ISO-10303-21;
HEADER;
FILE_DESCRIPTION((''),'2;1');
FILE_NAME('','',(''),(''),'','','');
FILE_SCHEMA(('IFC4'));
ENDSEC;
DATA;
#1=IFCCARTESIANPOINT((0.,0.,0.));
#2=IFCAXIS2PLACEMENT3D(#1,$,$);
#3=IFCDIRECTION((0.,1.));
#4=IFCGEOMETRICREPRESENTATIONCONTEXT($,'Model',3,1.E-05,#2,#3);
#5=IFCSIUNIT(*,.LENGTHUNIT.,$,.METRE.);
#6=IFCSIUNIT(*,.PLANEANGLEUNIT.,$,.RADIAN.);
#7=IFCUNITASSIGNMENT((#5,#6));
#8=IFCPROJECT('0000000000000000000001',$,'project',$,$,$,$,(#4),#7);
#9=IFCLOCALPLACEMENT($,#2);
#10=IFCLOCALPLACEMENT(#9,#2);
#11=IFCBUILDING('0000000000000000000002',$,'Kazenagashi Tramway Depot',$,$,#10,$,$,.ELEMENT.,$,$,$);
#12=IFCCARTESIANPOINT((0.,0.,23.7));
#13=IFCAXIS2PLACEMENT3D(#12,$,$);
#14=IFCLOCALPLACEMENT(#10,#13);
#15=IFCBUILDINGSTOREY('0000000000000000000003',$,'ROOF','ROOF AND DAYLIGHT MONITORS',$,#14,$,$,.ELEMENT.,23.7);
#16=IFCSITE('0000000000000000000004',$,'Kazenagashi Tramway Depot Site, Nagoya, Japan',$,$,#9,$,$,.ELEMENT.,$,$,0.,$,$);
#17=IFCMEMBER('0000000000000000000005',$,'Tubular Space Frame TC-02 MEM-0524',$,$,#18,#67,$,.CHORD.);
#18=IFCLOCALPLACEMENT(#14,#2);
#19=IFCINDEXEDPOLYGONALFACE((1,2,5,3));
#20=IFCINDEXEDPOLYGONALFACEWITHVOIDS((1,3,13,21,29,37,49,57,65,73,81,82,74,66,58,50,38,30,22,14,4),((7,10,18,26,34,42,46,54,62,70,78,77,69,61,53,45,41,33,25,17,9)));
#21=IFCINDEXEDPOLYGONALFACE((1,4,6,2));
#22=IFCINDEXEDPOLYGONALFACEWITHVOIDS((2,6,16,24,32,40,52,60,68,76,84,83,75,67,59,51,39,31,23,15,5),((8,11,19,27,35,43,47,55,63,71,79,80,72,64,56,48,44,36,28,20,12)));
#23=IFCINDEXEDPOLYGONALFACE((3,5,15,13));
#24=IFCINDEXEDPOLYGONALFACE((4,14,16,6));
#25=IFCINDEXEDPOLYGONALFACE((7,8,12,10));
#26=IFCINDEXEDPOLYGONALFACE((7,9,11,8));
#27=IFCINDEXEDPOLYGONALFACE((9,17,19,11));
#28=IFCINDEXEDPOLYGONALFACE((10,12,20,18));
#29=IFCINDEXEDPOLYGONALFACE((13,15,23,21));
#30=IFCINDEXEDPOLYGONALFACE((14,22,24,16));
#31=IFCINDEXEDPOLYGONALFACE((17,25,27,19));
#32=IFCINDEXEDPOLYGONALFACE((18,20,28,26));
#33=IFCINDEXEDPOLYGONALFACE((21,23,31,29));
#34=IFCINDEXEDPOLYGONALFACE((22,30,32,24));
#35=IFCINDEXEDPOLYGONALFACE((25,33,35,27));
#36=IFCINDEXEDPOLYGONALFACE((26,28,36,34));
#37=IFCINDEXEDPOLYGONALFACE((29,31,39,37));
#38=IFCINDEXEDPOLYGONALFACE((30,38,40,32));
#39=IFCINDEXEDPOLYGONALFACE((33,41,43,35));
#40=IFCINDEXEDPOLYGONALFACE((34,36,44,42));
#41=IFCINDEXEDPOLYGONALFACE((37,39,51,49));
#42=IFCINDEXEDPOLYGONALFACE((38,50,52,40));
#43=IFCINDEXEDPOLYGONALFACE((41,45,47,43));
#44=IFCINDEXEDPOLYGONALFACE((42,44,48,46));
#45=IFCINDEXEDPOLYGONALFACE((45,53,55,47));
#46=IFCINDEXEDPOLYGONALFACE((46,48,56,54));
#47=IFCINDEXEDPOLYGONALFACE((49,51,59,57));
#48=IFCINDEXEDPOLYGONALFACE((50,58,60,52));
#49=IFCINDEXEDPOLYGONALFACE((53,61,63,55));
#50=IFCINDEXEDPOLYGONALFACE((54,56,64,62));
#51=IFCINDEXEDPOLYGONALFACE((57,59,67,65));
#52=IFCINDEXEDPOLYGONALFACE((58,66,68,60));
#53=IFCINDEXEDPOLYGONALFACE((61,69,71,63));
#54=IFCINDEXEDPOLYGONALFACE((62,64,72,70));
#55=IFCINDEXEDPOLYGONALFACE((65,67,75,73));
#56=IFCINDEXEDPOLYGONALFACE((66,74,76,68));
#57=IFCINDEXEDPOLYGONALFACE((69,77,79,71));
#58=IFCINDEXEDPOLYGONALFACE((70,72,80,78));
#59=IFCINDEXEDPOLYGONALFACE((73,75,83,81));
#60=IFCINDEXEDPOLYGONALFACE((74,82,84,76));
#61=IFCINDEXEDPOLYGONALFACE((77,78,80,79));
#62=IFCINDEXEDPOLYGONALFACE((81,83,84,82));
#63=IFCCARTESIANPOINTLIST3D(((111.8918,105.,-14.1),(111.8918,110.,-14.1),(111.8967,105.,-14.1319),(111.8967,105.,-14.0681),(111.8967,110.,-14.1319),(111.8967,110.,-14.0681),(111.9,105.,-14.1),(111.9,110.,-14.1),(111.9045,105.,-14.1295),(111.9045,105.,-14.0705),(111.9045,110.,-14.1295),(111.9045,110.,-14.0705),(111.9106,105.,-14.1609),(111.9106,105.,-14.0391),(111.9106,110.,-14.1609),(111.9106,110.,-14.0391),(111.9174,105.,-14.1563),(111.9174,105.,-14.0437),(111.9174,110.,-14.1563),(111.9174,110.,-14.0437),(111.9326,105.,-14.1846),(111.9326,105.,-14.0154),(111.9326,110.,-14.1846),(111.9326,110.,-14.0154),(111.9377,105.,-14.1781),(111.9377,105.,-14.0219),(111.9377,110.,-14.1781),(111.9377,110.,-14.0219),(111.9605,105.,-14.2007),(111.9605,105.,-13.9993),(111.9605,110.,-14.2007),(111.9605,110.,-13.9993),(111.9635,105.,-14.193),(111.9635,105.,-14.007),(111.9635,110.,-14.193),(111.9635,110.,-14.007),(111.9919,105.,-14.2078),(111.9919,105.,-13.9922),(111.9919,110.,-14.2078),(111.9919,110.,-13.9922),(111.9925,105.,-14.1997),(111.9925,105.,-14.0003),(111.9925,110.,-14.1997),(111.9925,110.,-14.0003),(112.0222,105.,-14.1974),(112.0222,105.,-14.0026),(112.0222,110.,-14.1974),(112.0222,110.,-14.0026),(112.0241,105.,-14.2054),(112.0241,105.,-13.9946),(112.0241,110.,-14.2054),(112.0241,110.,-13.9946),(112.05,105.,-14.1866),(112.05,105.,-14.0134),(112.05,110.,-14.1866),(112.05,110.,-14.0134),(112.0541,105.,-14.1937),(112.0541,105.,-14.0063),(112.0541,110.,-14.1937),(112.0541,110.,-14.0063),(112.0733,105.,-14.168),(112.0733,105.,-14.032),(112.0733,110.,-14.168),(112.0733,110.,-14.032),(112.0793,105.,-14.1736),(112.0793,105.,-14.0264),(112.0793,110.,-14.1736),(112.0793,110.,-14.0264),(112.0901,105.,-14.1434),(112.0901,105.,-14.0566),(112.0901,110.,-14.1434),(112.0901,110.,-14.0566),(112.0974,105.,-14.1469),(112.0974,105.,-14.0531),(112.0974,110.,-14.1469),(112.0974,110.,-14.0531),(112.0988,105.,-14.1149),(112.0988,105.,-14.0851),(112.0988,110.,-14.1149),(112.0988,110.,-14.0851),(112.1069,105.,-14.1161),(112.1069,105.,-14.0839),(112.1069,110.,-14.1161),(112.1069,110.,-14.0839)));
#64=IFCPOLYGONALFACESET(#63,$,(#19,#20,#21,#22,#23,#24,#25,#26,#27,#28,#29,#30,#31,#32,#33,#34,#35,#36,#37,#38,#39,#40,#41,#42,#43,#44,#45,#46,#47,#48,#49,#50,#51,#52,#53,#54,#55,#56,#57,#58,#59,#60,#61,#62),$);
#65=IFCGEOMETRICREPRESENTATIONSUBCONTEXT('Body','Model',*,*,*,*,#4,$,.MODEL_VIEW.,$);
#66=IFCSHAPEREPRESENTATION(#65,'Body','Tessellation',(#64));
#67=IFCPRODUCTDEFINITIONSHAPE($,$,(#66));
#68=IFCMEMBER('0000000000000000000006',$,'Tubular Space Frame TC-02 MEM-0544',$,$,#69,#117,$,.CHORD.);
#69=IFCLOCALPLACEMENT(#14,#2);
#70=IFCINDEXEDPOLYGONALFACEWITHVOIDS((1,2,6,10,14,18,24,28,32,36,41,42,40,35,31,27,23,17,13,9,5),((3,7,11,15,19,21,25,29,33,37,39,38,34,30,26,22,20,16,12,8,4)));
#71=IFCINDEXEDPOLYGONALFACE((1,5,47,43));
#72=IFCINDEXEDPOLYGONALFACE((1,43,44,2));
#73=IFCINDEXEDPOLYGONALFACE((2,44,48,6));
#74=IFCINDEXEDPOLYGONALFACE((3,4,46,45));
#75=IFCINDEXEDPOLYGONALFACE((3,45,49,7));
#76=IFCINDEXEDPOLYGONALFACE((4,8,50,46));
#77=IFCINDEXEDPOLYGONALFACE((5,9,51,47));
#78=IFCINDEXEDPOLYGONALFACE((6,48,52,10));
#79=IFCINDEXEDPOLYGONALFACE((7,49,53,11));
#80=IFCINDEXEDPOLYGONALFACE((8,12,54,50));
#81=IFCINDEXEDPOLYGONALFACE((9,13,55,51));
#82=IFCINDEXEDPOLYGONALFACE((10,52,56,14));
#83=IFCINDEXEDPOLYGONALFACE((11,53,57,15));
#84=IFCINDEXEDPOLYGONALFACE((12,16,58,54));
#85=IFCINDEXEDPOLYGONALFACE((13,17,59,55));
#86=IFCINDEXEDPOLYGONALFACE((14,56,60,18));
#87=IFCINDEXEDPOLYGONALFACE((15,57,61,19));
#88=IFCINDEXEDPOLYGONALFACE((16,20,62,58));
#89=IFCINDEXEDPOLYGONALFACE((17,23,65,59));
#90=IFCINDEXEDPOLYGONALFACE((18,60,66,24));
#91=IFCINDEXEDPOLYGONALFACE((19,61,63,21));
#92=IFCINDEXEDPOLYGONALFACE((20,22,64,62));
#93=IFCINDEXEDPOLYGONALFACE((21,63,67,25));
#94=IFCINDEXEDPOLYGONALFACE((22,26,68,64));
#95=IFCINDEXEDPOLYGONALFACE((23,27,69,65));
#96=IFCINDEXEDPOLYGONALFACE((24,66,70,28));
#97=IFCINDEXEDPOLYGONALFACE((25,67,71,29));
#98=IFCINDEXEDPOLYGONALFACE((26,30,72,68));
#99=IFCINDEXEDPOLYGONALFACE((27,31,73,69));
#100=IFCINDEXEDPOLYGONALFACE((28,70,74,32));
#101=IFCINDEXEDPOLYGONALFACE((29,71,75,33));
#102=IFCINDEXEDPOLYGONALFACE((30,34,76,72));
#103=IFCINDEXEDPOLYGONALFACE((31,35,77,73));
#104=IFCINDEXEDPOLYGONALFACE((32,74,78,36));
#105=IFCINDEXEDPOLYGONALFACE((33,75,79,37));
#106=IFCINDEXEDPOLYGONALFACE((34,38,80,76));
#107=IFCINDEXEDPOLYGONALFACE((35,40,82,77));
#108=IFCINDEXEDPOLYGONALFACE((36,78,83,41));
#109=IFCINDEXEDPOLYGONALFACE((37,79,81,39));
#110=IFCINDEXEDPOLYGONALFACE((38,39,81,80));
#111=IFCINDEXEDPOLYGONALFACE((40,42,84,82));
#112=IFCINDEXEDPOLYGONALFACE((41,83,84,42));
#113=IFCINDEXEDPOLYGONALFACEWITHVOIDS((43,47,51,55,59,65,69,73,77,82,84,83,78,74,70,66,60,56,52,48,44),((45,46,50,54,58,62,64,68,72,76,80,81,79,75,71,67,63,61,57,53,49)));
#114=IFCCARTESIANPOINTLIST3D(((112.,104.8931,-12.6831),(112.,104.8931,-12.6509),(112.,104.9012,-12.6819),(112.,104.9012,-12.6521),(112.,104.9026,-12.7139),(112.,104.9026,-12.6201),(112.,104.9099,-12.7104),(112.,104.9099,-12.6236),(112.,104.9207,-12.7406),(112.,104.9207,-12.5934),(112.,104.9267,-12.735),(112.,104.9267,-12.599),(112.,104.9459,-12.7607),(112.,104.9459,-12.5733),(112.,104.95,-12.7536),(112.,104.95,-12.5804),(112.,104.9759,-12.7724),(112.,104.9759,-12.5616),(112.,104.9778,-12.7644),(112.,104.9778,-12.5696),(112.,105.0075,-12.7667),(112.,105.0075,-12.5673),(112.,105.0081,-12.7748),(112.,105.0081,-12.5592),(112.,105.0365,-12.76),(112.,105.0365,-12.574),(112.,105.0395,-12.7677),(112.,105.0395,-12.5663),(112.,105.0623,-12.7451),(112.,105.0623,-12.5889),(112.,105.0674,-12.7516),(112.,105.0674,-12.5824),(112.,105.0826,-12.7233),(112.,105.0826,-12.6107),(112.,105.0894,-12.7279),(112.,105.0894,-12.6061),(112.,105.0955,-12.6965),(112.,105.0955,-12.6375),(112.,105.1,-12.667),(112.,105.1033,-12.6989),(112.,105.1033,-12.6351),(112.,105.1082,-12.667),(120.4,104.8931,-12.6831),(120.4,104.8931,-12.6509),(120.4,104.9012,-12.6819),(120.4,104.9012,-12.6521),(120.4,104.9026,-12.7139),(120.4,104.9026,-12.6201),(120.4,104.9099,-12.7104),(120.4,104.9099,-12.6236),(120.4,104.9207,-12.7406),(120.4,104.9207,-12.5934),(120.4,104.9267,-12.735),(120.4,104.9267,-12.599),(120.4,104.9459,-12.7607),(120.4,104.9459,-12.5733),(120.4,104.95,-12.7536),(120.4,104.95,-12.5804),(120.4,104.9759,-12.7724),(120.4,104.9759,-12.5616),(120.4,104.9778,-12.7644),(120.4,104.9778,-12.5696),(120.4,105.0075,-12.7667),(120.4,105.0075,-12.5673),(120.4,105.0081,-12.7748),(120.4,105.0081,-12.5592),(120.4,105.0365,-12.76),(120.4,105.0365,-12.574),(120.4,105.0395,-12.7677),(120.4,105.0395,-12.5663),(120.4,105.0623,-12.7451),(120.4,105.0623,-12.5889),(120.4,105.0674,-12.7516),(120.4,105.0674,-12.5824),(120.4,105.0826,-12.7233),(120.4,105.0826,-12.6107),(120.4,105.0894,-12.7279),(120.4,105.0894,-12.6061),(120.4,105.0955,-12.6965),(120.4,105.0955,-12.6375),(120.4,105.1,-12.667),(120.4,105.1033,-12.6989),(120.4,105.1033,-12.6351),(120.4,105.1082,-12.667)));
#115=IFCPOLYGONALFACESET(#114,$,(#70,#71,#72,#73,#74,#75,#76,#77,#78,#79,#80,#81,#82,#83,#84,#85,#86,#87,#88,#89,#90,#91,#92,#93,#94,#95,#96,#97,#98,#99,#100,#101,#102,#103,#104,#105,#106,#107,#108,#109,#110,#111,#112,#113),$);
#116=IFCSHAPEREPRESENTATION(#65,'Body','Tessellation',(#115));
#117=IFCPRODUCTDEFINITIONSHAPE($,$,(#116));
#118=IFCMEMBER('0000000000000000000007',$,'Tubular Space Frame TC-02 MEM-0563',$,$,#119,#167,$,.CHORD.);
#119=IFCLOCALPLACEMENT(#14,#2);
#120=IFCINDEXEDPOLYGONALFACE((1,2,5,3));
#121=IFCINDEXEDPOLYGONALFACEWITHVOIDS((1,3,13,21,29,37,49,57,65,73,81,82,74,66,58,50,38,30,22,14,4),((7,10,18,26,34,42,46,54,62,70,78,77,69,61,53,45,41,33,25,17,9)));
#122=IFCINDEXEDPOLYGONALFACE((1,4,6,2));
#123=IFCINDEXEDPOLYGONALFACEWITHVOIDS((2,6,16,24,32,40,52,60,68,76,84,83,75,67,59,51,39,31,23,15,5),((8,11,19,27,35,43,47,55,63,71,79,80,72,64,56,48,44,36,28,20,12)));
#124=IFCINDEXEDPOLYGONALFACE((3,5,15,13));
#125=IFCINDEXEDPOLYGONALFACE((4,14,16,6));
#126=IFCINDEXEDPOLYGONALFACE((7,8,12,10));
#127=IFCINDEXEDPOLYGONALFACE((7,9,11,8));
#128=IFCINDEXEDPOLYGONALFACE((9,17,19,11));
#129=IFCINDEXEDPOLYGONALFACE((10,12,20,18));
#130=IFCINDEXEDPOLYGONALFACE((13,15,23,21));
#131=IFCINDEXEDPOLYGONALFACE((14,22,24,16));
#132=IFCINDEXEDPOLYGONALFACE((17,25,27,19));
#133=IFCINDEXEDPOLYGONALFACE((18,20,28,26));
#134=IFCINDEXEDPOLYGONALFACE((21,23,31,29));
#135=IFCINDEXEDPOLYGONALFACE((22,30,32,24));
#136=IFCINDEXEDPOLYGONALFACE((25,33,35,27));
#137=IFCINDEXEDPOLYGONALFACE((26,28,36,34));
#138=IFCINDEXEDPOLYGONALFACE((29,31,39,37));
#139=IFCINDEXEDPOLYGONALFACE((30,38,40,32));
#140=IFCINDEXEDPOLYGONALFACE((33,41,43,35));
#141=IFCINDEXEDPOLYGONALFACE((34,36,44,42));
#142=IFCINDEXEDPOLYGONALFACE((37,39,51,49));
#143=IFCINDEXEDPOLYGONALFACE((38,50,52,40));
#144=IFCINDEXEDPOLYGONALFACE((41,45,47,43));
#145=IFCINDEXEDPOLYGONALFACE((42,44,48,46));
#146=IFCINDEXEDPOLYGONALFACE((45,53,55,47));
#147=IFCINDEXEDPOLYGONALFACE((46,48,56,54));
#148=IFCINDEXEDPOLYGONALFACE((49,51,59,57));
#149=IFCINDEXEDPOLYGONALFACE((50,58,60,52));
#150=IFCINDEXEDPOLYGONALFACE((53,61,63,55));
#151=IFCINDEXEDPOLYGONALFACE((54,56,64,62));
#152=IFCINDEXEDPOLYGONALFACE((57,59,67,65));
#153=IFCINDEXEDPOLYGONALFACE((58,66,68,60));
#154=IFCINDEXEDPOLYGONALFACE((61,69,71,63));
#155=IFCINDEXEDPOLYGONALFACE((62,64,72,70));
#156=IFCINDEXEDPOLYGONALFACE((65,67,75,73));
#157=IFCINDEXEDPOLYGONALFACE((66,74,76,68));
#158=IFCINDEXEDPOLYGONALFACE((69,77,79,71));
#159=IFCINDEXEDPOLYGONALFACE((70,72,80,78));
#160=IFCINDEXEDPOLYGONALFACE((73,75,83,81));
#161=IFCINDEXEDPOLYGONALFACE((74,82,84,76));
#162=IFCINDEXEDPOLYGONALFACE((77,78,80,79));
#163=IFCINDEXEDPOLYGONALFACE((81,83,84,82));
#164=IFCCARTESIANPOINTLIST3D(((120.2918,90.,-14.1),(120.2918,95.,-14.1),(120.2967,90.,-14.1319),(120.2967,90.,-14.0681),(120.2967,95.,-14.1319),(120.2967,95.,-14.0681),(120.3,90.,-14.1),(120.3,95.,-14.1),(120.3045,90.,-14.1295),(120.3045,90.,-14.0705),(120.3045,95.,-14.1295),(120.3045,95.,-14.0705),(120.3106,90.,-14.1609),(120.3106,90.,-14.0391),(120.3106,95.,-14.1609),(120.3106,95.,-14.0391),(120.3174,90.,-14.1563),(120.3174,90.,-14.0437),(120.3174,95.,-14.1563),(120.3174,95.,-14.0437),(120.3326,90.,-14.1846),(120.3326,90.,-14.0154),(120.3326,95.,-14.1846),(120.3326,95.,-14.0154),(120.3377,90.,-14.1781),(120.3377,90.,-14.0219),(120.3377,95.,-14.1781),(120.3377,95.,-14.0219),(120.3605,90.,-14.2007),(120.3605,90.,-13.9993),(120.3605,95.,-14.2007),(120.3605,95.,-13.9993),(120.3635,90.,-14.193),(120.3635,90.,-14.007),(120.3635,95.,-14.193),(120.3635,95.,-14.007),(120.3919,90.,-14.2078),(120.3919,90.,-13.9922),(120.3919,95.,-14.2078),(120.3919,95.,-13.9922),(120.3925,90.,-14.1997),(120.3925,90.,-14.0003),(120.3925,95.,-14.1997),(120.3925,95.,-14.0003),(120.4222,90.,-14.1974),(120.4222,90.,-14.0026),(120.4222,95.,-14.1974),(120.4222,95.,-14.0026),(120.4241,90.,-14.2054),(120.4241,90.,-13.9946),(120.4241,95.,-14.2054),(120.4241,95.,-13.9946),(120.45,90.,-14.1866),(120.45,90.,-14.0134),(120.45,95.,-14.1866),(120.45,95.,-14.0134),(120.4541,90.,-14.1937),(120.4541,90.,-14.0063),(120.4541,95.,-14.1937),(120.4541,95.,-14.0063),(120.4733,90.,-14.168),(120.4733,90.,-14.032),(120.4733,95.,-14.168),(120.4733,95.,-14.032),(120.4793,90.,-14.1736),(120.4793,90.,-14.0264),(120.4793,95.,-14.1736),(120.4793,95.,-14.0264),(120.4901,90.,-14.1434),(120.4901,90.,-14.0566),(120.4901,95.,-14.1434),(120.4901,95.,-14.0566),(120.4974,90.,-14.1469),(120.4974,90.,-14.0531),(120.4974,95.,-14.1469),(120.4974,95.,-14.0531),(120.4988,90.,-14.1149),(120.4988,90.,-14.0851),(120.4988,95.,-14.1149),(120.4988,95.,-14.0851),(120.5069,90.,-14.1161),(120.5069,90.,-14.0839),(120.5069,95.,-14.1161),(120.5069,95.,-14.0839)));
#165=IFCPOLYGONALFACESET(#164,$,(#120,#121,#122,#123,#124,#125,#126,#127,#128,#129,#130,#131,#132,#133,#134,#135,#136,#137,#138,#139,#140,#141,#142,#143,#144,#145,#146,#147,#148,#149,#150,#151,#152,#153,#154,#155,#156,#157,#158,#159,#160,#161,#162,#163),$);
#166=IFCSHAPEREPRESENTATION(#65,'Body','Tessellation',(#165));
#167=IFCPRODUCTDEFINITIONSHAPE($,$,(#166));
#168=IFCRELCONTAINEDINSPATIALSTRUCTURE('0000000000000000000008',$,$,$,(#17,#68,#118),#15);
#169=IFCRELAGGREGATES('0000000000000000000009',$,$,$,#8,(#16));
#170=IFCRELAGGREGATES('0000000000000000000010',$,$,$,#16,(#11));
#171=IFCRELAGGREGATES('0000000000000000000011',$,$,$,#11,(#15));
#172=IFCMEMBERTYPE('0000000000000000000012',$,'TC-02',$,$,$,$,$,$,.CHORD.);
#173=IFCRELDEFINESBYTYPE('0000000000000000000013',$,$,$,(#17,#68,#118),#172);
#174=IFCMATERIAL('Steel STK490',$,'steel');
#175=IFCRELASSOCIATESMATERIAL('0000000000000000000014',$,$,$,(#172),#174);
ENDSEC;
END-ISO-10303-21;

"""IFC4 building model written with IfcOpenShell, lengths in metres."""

from ifc_helpers import new_model, si_unit, direction, frame, origin, origin_2d, place, context, subcontext, project, spatial, hollow_circle, extrude, material, material_profile, profile_set, type_object, element, save


model = new_model("IFC4")

# Units and contexts
model_context = context("Model", 3, precision=1e-05, world=origin(), true_north=direction((0.0, 1.0)))
body_context = subcontext(model_context, "Body", "Model", "MODEL_VIEW")
ifc_project = project(units=[si_unit("LENGTHUNIT", "METRE"), si_unit("PLANEANGLEUNIT", "RADIAN")], contexts=[model_context])

# Site, building, storey
site_placement = place(None, origin())
site = spatial("IfcSite", under=ifc_project, at=site_placement, Name="Kazenagashi Tramway Depot Site, Nagoya, Japan", CompositionType="ELEMENT", RefElevation=0.0)
building_placement = place(site_placement, origin())
building = spatial("IfcBuilding", under=site, at=building_placement, Name="Kazenagashi Tramway Depot", CompositionType="ELEMENT")
storey_placement = place(building_placement, frame((0.0, 0.0, 23.7)))
storey = spatial("IfcBuildingStorey", under=building, at=storey_placement, Name="ROOF", Description="ROOF AND DAYLIGHT MONITORS", CompositionType="ELEMENT", Elevation=23.7)

# Members
ifc_material_1 = material(Name="Steel STK490", Category="steel")
ifc_material_profile_1 = material_profile(ifc_material_1, hollow_circle(Radius=0.1081, WallThickness=0.0082, at=origin_2d()), Name="CHS-216.3x8.2")
ifc_profile_set_1 = profile_set([ifc_material_profile_1], Name="Steel STK490")
member_type_1 = type_object("IfcMemberType", Name="TC-02", PredefinedType="CHORD", material=ifc_profile_set_1)
for number, where, z_axis, x_axis, name in (
    (1, (112.0, 105.0, -14.1), (0.0, 1.0, 0.0), (-1.0, 0.0, 0.0), "Tubular Space Frame TC-02 MEM-0524"),
):
    element("IfcMember", number, at=place(storey_placement, frame(where, z_axis=z_axis, x_axis=x_axis)), inside=storey, type_object=member_type_1, Name=name, PredefinedType="CHORD", context=body_context, shape_type="SweptSolid", body=[
        extrude(hollow_circle(Radius=0.1081, WallThickness=0.0082, at=origin_2d()), origin(), (0.0, 0.0, 1.0), 5.0),
    ])
member_1_placement = place(storey_placement, frame((112.0, 105.0, -12.667), z_axis=(1.0, 0.0, 0.0), x_axis=(0.0, 1.0, 0.0)))
element("IfcMember", 2, at=member_1_placement, inside=storey, type_object=member_type_1, Name="Tubular Space Frame TC-02 MEM-0544", PredefinedType="CHORD", context=body_context, shape_type="SweptSolid", body=[
    extrude(hollow_circle(Radius=0.1081, WallThickness=0.0082, at=origin_2d()), origin(), (0.0, 0.0, 1.0), 8.4),
])
for number, where, z_axis, x_axis, name in (
    (3, (120.4, 90.0, -14.1), (0.0, 1.0, 0.0), (-1.0, 0.0, 0.0), "Tubular Space Frame TC-02 MEM-0563"),
):
    element("IfcMember", number, at=place(storey_placement, frame(where, z_axis=z_axis, x_axis=x_axis)), inside=storey, type_object=member_type_1, Name=name, PredefinedType="CHORD", context=body_context, shape_type="SweptSolid", body=[
        extrude(hollow_circle(Radius=0.1081, WallThickness=0.0082, at=origin_2d()), origin(), (0.0, 0.0, 1.0), 5.0),
    ])

save(model, "model.ifc")
